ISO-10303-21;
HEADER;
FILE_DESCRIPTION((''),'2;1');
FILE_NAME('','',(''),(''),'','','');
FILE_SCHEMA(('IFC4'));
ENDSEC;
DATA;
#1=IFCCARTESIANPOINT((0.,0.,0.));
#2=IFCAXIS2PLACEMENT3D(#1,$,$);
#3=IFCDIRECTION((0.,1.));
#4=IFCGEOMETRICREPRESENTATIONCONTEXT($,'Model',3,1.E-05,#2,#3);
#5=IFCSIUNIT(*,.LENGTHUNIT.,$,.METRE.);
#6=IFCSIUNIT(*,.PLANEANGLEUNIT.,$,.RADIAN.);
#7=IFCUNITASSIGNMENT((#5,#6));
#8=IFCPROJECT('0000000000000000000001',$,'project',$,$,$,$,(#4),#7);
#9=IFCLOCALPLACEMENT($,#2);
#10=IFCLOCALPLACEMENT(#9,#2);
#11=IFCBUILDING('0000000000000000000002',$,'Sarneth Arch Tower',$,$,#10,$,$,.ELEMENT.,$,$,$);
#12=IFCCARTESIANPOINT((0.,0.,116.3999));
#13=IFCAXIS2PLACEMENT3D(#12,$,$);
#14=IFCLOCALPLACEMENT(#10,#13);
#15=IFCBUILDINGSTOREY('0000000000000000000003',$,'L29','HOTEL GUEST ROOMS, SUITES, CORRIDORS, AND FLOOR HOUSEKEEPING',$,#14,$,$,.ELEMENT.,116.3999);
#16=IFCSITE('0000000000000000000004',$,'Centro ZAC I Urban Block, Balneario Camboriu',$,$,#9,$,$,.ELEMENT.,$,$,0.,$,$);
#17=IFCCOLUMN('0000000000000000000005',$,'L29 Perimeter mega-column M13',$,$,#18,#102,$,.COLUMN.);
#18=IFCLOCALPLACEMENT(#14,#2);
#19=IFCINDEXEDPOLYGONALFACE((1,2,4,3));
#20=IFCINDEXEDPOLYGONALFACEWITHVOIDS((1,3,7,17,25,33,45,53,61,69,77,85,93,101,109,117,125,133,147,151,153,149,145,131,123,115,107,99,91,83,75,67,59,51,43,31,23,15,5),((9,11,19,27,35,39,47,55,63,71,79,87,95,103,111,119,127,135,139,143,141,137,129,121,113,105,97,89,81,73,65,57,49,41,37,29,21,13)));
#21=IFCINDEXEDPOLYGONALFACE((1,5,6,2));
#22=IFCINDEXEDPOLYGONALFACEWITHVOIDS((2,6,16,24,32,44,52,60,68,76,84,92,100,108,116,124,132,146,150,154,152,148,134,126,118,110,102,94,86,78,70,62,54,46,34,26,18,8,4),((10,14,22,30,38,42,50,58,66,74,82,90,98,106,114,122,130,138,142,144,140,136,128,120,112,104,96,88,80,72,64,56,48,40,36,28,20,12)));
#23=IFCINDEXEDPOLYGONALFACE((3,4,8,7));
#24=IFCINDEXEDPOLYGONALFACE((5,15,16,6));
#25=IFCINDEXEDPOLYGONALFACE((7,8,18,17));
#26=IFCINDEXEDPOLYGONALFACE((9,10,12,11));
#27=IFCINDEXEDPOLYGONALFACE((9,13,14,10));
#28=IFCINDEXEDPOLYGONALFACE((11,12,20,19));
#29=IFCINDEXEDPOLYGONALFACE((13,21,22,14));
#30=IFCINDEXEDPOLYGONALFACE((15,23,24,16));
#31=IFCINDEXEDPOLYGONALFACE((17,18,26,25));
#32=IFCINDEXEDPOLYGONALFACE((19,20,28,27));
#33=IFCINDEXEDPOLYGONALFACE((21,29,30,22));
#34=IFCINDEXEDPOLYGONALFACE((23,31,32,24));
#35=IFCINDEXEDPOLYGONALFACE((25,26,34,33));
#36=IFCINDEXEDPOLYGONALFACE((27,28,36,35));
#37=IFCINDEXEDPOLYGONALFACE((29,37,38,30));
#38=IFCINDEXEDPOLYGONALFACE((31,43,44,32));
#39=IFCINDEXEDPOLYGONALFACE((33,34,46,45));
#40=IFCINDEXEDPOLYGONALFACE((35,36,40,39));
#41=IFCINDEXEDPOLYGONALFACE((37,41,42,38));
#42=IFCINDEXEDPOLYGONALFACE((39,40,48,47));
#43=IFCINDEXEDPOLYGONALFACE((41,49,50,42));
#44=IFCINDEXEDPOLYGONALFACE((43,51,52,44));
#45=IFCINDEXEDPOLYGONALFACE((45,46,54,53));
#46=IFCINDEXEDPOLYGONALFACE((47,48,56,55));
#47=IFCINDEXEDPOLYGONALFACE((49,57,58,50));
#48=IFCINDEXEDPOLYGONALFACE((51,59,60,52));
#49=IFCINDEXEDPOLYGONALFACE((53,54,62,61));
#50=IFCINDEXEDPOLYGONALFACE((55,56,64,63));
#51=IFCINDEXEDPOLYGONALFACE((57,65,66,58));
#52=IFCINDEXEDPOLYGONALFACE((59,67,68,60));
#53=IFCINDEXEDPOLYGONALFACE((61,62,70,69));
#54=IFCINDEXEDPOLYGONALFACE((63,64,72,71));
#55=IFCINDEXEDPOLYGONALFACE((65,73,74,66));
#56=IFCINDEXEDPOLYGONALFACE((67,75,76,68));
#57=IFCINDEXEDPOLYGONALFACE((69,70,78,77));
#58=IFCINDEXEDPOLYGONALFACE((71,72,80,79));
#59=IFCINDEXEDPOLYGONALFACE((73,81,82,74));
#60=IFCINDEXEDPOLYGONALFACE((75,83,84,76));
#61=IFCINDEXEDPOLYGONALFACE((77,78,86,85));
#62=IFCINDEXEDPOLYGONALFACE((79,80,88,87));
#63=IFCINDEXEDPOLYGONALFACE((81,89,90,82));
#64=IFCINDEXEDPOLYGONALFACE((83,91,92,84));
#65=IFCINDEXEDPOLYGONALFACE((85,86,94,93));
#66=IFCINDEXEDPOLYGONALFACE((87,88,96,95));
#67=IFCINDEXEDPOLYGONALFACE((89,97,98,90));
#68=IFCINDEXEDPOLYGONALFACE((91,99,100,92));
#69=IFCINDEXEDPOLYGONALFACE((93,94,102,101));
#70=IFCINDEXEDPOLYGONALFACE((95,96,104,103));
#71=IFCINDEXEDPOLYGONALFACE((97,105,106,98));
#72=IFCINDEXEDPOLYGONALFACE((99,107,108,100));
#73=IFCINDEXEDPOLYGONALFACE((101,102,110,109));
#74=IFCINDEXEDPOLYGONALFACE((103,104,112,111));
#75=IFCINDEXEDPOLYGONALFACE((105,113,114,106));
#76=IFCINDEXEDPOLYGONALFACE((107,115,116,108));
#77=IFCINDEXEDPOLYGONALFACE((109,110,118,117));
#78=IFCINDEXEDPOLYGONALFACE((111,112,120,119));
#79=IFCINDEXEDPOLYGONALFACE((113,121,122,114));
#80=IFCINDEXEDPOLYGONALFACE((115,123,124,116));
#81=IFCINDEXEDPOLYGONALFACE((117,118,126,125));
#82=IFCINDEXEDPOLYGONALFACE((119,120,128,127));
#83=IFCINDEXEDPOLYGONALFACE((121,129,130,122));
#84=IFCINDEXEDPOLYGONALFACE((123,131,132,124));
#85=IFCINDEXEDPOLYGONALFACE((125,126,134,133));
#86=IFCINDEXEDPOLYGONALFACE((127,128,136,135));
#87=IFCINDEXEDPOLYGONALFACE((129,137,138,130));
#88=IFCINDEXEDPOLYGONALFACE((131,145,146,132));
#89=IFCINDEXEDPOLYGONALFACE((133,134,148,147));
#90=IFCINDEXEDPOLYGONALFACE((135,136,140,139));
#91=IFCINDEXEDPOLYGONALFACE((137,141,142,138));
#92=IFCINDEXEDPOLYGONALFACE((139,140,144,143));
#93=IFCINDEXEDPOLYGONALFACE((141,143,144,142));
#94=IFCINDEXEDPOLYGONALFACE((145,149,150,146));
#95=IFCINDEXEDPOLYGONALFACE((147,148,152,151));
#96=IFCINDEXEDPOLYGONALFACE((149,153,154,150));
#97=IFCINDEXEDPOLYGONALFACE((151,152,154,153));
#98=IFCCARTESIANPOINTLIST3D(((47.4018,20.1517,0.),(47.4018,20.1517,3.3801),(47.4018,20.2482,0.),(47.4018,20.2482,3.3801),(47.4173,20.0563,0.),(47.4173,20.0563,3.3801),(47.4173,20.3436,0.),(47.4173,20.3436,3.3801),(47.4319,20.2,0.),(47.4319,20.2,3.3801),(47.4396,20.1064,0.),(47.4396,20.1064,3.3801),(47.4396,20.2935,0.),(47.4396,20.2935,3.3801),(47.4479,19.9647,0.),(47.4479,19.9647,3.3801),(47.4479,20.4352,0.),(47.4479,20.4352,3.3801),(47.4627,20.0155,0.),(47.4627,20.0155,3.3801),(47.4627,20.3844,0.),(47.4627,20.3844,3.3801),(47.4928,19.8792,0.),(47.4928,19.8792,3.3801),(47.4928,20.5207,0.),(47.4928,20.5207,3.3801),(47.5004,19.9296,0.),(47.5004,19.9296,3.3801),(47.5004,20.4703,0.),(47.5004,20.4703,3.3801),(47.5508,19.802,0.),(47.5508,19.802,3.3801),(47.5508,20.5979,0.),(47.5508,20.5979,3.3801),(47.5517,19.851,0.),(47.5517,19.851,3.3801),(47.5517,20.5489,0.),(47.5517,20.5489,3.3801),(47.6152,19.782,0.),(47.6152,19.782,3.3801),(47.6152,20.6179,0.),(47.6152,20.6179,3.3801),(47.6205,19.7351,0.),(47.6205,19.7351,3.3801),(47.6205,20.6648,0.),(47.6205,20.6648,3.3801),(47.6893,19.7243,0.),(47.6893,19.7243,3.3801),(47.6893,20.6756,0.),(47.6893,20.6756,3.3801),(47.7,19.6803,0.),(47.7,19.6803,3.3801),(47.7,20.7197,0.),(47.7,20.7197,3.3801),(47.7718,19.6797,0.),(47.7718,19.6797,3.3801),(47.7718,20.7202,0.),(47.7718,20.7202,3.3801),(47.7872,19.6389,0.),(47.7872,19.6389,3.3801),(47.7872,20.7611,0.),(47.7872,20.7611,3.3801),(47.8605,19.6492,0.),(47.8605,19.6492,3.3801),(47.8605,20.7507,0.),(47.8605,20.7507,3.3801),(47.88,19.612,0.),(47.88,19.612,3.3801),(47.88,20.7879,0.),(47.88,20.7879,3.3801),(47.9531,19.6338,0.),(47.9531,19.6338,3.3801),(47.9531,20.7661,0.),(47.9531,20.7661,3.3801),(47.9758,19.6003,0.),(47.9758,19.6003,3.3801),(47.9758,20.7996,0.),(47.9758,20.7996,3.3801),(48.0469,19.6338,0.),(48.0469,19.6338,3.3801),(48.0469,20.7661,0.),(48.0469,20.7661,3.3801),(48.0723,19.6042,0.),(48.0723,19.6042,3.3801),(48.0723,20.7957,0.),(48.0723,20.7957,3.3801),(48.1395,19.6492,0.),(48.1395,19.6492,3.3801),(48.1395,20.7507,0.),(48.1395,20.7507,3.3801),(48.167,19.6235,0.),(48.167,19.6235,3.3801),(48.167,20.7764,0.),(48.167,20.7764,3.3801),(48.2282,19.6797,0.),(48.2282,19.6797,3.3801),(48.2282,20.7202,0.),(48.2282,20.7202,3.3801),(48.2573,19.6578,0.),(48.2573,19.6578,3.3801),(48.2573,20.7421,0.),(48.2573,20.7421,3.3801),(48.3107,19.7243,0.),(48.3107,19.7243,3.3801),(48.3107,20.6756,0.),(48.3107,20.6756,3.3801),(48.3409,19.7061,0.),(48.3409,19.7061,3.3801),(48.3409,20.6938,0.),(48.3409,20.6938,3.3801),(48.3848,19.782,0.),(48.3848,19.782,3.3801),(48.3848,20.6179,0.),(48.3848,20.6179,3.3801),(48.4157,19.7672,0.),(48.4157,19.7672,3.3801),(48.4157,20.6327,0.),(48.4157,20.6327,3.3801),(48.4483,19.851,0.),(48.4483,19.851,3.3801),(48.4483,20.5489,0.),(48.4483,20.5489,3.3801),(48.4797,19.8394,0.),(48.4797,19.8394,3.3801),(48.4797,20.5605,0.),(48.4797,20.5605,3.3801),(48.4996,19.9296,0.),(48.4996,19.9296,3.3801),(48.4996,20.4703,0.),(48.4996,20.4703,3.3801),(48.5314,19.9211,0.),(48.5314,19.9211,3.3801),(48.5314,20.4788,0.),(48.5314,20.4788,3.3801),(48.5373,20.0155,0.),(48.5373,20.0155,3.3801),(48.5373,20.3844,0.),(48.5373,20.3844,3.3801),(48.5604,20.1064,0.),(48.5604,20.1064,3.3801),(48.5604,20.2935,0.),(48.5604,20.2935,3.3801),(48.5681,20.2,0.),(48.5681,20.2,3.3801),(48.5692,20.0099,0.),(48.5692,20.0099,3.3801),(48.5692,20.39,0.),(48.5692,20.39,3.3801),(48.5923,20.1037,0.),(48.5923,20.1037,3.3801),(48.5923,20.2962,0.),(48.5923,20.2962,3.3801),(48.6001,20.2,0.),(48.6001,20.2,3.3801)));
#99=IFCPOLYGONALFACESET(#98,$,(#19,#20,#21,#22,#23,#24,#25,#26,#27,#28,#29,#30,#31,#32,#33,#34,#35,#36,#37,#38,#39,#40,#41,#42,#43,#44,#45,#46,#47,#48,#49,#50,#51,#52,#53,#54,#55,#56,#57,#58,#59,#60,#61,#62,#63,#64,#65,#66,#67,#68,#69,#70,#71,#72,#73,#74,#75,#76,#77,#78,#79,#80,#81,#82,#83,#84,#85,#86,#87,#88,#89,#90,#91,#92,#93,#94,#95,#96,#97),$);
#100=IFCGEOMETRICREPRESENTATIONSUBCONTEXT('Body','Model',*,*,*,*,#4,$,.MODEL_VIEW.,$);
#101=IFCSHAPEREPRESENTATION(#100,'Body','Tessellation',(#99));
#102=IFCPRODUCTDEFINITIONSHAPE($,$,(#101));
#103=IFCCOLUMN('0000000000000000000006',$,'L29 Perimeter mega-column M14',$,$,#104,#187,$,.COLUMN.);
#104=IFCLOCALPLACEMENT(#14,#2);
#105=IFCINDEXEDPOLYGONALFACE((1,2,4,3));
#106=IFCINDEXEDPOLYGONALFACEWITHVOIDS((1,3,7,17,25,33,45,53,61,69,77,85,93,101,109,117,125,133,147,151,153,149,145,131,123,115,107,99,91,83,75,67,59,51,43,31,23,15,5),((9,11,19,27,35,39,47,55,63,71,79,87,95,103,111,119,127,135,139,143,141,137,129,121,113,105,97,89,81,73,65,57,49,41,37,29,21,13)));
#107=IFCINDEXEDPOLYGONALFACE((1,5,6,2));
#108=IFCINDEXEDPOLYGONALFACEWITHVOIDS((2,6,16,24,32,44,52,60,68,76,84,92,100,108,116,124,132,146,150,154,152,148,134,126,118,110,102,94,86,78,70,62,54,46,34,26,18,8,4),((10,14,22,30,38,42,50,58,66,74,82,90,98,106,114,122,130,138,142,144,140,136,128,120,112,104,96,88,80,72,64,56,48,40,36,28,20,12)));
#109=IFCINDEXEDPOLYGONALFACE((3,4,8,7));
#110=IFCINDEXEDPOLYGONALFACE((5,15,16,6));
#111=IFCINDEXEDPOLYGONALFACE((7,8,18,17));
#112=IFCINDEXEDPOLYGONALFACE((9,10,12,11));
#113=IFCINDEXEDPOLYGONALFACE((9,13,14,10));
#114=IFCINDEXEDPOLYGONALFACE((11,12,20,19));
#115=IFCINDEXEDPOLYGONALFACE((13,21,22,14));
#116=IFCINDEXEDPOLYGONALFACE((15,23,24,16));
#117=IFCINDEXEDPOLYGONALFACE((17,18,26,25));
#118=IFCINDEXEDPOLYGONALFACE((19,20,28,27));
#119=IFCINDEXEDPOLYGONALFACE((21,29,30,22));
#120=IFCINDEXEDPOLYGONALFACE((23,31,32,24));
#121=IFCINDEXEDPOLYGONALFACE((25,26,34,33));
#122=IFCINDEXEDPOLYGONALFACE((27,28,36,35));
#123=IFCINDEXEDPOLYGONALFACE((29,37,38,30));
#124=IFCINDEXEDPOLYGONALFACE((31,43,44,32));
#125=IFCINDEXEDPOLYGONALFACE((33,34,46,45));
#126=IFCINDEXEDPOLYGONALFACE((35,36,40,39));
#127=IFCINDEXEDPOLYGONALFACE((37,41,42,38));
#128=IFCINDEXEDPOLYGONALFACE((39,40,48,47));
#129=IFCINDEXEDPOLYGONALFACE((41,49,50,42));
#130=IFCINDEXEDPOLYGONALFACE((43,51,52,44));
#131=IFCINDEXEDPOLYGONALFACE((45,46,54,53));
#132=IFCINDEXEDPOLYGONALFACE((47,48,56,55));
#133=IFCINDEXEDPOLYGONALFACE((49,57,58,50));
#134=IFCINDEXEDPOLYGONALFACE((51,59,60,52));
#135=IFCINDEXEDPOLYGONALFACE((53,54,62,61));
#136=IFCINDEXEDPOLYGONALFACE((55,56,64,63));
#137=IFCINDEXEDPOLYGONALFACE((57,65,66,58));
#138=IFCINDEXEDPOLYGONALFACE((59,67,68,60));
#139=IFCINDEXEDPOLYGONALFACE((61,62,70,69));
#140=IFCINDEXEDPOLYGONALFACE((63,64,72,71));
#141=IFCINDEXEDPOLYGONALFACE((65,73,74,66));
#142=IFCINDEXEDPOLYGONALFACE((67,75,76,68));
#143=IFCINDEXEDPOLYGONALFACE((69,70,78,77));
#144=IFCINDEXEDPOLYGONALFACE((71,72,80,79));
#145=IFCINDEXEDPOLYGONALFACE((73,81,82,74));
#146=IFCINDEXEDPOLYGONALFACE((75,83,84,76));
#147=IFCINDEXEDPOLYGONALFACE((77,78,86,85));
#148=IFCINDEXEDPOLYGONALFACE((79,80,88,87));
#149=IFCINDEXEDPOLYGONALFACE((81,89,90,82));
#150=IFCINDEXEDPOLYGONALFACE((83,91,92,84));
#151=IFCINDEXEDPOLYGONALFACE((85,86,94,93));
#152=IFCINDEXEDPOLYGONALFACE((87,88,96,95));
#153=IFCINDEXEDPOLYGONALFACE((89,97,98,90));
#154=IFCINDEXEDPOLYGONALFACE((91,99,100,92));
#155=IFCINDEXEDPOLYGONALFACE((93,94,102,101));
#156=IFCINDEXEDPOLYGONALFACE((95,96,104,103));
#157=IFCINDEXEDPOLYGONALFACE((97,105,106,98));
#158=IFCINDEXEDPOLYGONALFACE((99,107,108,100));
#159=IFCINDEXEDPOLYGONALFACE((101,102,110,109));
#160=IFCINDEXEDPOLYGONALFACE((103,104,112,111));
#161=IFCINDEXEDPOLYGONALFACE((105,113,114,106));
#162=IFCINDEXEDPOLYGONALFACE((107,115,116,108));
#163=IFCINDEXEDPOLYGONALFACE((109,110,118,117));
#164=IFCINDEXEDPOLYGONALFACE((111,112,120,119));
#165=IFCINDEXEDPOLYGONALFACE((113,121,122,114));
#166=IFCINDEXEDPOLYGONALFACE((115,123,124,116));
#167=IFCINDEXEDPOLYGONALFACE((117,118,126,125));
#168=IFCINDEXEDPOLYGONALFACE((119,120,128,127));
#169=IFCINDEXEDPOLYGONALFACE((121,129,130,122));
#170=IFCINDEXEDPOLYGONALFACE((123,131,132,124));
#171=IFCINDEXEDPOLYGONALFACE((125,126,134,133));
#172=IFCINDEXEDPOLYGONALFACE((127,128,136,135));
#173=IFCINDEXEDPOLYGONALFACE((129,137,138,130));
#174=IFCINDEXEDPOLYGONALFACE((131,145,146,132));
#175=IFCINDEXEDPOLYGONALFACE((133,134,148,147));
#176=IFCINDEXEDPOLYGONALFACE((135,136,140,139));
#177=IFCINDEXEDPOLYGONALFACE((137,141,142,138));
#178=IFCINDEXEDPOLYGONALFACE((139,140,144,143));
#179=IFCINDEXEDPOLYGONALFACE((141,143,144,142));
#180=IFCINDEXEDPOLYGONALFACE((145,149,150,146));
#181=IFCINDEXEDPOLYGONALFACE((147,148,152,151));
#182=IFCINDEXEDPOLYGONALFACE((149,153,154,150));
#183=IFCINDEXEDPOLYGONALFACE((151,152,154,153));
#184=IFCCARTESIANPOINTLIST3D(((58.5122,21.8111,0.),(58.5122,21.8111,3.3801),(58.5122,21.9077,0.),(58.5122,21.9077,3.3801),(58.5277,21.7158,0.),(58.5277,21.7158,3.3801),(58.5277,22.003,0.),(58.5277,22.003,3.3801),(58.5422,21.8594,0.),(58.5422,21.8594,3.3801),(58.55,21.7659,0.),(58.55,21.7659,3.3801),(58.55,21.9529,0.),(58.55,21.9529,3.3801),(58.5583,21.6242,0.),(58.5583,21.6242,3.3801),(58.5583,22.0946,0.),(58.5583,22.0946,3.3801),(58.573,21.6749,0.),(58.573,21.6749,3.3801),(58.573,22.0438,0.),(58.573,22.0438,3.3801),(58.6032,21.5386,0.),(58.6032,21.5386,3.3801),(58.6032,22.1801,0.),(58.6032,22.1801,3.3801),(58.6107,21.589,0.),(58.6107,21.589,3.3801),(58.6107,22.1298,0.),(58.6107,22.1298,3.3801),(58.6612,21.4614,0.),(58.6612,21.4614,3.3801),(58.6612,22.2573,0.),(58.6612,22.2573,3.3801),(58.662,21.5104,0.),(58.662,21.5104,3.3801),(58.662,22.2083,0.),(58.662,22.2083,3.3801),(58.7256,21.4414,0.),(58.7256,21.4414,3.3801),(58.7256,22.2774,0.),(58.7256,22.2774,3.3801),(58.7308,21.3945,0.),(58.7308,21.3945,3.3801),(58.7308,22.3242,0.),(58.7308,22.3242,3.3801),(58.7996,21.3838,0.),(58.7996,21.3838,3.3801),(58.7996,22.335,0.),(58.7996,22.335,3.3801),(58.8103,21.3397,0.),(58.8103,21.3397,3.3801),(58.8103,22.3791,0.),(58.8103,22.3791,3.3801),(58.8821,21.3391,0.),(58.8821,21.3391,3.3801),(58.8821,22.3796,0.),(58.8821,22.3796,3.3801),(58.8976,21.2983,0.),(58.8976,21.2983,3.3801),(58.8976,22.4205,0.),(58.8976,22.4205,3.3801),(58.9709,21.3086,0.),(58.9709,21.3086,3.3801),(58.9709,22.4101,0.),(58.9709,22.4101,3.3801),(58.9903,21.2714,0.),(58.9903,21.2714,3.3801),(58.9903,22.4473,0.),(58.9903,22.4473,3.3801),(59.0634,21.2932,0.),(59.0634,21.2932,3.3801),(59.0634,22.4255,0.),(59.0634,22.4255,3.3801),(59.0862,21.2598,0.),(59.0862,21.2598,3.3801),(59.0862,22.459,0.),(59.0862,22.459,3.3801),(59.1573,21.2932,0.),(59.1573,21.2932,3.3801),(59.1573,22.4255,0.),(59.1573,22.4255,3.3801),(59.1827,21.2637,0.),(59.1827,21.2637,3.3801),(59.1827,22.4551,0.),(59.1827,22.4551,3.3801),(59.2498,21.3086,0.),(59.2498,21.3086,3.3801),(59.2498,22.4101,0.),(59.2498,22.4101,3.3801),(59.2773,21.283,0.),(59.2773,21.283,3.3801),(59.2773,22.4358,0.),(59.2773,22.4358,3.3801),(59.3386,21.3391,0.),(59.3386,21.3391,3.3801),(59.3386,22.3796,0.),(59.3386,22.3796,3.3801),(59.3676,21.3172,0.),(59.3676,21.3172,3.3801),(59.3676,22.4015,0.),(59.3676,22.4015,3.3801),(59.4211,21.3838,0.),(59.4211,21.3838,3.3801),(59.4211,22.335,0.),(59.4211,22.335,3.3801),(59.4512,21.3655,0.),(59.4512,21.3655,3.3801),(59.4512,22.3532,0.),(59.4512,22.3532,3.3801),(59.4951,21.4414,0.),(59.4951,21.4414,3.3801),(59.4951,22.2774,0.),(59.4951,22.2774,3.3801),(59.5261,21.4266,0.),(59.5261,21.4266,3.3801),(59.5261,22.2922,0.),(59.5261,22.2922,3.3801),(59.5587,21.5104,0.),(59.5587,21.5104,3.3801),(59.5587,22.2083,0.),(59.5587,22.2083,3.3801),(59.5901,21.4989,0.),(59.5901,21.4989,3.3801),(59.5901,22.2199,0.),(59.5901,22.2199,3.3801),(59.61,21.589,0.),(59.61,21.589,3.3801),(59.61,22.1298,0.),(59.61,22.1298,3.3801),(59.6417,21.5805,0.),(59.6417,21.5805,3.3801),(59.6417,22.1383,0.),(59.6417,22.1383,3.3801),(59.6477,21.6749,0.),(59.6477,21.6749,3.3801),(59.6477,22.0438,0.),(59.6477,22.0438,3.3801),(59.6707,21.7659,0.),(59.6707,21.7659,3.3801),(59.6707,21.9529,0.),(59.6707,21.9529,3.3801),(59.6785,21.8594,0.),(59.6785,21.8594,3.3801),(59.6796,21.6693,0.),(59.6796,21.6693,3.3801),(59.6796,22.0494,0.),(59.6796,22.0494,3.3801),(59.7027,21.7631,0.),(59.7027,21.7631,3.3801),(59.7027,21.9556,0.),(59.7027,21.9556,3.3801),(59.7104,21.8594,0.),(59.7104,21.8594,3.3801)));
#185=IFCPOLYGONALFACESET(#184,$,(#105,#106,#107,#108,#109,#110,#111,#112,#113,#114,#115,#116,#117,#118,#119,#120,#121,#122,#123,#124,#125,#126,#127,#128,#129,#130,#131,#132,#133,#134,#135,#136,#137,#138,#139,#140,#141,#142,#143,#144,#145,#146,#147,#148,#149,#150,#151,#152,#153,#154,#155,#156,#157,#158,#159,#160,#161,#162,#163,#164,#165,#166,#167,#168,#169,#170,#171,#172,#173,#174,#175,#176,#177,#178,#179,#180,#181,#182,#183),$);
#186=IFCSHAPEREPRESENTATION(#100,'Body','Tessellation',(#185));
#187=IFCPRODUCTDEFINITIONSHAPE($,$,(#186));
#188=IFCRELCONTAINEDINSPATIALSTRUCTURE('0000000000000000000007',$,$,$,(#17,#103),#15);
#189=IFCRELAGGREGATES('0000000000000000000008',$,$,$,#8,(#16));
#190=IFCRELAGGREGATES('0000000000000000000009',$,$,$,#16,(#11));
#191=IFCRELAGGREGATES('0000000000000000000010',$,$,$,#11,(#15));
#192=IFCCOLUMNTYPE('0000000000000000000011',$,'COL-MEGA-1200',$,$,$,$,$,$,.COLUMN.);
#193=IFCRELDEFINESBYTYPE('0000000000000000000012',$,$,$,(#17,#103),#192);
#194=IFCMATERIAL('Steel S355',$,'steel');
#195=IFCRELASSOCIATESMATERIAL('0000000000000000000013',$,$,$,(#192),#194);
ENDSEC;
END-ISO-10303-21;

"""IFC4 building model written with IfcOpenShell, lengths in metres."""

from ifc_helpers import new_model, si_unit, direction, frame, origin, origin_2d, place, context, subcontext, project, spatial, hollow_circle, extrude, material, material_profile, profile_set, type_object, element, save


model = new_model("IFC4")

# Units and contexts
model_context = context("Model", 3, precision=1e-05, world=origin(), true_north=direction((0.0, 1.0)))
body_context = subcontext(model_context, "Body", "Model", "MODEL_VIEW")
ifc_project = project(units=[si_unit("LENGTHUNIT", "METRE"), si_unit("PLANEANGLEUNIT", "RADIAN")], contexts=[model_context])

# Site, building, storey
site_placement = place(None, origin())
site = spatial("IfcSite", under=ifc_project, at=site_placement, Name="Centro ZAC I Urban Block, Balneario Camboriu", CompositionType="ELEMENT", RefElevation=0.0)
building_placement = place(site_placement, origin())
building = spatial("IfcBuilding", under=site, at=building_placement, Name="Sarneth Arch Tower", CompositionType="ELEMENT")
storey_placement = place(building_placement, frame((0.0, 0.0, 116.3999)))
storey = spatial("IfcBuildingStorey", under=building, at=storey_placement, Name="L29", Description="HOTEL GUEST ROOMS, SUITES, CORRIDORS, AND FLOOR HOUSEKEEPING", CompositionType="ELEMENT", Elevation=116.3999)

# Columns
ifc_material_1 = material(Name="Steel S355", Category="steel")
ifc_material_profile_1 = material_profile(ifc_material_1, hollow_circle(Radius=0.6001, WallThickness=0.032, at=origin_2d()), Name="CHS1200x32")
ifc_profile_set_1 = profile_set([ifc_material_profile_1], Name="Steel S355")
column_type = type_object("IfcColumnType", Name="COL-MEGA-1200", PredefinedType="COLUMN", material=ifc_profile_set_1)
for number, where, z_axis, x_axis, name in (
    (1, (48.0, 20.2, 0.0), (0.0, 0.0, 1.0), (1.0, 0.0, 0.0), "L29 Perimeter mega-column M13"),
    (2, (59.1104, 21.8594, 0.0), (0.0, 0.0, 1.0), (1.0, 0.0, 0.0), "L29 Perimeter mega-column M14"),
):
    element("IfcColumn", number, at=place(storey_placement, frame(where, z_axis=z_axis, x_axis=x_axis)), inside=storey, type_object=column_type, Name=name, PredefinedType="COLUMN", context=body_context, shape_type="SweptSolid", body=[
        extrude(hollow_circle(Radius=0.6001, WallThickness=0.032, at=origin_2d()), origin(), (0.0, 0.0, 1.0), 3.3801),
    ])

save(model, "model.ifc")
